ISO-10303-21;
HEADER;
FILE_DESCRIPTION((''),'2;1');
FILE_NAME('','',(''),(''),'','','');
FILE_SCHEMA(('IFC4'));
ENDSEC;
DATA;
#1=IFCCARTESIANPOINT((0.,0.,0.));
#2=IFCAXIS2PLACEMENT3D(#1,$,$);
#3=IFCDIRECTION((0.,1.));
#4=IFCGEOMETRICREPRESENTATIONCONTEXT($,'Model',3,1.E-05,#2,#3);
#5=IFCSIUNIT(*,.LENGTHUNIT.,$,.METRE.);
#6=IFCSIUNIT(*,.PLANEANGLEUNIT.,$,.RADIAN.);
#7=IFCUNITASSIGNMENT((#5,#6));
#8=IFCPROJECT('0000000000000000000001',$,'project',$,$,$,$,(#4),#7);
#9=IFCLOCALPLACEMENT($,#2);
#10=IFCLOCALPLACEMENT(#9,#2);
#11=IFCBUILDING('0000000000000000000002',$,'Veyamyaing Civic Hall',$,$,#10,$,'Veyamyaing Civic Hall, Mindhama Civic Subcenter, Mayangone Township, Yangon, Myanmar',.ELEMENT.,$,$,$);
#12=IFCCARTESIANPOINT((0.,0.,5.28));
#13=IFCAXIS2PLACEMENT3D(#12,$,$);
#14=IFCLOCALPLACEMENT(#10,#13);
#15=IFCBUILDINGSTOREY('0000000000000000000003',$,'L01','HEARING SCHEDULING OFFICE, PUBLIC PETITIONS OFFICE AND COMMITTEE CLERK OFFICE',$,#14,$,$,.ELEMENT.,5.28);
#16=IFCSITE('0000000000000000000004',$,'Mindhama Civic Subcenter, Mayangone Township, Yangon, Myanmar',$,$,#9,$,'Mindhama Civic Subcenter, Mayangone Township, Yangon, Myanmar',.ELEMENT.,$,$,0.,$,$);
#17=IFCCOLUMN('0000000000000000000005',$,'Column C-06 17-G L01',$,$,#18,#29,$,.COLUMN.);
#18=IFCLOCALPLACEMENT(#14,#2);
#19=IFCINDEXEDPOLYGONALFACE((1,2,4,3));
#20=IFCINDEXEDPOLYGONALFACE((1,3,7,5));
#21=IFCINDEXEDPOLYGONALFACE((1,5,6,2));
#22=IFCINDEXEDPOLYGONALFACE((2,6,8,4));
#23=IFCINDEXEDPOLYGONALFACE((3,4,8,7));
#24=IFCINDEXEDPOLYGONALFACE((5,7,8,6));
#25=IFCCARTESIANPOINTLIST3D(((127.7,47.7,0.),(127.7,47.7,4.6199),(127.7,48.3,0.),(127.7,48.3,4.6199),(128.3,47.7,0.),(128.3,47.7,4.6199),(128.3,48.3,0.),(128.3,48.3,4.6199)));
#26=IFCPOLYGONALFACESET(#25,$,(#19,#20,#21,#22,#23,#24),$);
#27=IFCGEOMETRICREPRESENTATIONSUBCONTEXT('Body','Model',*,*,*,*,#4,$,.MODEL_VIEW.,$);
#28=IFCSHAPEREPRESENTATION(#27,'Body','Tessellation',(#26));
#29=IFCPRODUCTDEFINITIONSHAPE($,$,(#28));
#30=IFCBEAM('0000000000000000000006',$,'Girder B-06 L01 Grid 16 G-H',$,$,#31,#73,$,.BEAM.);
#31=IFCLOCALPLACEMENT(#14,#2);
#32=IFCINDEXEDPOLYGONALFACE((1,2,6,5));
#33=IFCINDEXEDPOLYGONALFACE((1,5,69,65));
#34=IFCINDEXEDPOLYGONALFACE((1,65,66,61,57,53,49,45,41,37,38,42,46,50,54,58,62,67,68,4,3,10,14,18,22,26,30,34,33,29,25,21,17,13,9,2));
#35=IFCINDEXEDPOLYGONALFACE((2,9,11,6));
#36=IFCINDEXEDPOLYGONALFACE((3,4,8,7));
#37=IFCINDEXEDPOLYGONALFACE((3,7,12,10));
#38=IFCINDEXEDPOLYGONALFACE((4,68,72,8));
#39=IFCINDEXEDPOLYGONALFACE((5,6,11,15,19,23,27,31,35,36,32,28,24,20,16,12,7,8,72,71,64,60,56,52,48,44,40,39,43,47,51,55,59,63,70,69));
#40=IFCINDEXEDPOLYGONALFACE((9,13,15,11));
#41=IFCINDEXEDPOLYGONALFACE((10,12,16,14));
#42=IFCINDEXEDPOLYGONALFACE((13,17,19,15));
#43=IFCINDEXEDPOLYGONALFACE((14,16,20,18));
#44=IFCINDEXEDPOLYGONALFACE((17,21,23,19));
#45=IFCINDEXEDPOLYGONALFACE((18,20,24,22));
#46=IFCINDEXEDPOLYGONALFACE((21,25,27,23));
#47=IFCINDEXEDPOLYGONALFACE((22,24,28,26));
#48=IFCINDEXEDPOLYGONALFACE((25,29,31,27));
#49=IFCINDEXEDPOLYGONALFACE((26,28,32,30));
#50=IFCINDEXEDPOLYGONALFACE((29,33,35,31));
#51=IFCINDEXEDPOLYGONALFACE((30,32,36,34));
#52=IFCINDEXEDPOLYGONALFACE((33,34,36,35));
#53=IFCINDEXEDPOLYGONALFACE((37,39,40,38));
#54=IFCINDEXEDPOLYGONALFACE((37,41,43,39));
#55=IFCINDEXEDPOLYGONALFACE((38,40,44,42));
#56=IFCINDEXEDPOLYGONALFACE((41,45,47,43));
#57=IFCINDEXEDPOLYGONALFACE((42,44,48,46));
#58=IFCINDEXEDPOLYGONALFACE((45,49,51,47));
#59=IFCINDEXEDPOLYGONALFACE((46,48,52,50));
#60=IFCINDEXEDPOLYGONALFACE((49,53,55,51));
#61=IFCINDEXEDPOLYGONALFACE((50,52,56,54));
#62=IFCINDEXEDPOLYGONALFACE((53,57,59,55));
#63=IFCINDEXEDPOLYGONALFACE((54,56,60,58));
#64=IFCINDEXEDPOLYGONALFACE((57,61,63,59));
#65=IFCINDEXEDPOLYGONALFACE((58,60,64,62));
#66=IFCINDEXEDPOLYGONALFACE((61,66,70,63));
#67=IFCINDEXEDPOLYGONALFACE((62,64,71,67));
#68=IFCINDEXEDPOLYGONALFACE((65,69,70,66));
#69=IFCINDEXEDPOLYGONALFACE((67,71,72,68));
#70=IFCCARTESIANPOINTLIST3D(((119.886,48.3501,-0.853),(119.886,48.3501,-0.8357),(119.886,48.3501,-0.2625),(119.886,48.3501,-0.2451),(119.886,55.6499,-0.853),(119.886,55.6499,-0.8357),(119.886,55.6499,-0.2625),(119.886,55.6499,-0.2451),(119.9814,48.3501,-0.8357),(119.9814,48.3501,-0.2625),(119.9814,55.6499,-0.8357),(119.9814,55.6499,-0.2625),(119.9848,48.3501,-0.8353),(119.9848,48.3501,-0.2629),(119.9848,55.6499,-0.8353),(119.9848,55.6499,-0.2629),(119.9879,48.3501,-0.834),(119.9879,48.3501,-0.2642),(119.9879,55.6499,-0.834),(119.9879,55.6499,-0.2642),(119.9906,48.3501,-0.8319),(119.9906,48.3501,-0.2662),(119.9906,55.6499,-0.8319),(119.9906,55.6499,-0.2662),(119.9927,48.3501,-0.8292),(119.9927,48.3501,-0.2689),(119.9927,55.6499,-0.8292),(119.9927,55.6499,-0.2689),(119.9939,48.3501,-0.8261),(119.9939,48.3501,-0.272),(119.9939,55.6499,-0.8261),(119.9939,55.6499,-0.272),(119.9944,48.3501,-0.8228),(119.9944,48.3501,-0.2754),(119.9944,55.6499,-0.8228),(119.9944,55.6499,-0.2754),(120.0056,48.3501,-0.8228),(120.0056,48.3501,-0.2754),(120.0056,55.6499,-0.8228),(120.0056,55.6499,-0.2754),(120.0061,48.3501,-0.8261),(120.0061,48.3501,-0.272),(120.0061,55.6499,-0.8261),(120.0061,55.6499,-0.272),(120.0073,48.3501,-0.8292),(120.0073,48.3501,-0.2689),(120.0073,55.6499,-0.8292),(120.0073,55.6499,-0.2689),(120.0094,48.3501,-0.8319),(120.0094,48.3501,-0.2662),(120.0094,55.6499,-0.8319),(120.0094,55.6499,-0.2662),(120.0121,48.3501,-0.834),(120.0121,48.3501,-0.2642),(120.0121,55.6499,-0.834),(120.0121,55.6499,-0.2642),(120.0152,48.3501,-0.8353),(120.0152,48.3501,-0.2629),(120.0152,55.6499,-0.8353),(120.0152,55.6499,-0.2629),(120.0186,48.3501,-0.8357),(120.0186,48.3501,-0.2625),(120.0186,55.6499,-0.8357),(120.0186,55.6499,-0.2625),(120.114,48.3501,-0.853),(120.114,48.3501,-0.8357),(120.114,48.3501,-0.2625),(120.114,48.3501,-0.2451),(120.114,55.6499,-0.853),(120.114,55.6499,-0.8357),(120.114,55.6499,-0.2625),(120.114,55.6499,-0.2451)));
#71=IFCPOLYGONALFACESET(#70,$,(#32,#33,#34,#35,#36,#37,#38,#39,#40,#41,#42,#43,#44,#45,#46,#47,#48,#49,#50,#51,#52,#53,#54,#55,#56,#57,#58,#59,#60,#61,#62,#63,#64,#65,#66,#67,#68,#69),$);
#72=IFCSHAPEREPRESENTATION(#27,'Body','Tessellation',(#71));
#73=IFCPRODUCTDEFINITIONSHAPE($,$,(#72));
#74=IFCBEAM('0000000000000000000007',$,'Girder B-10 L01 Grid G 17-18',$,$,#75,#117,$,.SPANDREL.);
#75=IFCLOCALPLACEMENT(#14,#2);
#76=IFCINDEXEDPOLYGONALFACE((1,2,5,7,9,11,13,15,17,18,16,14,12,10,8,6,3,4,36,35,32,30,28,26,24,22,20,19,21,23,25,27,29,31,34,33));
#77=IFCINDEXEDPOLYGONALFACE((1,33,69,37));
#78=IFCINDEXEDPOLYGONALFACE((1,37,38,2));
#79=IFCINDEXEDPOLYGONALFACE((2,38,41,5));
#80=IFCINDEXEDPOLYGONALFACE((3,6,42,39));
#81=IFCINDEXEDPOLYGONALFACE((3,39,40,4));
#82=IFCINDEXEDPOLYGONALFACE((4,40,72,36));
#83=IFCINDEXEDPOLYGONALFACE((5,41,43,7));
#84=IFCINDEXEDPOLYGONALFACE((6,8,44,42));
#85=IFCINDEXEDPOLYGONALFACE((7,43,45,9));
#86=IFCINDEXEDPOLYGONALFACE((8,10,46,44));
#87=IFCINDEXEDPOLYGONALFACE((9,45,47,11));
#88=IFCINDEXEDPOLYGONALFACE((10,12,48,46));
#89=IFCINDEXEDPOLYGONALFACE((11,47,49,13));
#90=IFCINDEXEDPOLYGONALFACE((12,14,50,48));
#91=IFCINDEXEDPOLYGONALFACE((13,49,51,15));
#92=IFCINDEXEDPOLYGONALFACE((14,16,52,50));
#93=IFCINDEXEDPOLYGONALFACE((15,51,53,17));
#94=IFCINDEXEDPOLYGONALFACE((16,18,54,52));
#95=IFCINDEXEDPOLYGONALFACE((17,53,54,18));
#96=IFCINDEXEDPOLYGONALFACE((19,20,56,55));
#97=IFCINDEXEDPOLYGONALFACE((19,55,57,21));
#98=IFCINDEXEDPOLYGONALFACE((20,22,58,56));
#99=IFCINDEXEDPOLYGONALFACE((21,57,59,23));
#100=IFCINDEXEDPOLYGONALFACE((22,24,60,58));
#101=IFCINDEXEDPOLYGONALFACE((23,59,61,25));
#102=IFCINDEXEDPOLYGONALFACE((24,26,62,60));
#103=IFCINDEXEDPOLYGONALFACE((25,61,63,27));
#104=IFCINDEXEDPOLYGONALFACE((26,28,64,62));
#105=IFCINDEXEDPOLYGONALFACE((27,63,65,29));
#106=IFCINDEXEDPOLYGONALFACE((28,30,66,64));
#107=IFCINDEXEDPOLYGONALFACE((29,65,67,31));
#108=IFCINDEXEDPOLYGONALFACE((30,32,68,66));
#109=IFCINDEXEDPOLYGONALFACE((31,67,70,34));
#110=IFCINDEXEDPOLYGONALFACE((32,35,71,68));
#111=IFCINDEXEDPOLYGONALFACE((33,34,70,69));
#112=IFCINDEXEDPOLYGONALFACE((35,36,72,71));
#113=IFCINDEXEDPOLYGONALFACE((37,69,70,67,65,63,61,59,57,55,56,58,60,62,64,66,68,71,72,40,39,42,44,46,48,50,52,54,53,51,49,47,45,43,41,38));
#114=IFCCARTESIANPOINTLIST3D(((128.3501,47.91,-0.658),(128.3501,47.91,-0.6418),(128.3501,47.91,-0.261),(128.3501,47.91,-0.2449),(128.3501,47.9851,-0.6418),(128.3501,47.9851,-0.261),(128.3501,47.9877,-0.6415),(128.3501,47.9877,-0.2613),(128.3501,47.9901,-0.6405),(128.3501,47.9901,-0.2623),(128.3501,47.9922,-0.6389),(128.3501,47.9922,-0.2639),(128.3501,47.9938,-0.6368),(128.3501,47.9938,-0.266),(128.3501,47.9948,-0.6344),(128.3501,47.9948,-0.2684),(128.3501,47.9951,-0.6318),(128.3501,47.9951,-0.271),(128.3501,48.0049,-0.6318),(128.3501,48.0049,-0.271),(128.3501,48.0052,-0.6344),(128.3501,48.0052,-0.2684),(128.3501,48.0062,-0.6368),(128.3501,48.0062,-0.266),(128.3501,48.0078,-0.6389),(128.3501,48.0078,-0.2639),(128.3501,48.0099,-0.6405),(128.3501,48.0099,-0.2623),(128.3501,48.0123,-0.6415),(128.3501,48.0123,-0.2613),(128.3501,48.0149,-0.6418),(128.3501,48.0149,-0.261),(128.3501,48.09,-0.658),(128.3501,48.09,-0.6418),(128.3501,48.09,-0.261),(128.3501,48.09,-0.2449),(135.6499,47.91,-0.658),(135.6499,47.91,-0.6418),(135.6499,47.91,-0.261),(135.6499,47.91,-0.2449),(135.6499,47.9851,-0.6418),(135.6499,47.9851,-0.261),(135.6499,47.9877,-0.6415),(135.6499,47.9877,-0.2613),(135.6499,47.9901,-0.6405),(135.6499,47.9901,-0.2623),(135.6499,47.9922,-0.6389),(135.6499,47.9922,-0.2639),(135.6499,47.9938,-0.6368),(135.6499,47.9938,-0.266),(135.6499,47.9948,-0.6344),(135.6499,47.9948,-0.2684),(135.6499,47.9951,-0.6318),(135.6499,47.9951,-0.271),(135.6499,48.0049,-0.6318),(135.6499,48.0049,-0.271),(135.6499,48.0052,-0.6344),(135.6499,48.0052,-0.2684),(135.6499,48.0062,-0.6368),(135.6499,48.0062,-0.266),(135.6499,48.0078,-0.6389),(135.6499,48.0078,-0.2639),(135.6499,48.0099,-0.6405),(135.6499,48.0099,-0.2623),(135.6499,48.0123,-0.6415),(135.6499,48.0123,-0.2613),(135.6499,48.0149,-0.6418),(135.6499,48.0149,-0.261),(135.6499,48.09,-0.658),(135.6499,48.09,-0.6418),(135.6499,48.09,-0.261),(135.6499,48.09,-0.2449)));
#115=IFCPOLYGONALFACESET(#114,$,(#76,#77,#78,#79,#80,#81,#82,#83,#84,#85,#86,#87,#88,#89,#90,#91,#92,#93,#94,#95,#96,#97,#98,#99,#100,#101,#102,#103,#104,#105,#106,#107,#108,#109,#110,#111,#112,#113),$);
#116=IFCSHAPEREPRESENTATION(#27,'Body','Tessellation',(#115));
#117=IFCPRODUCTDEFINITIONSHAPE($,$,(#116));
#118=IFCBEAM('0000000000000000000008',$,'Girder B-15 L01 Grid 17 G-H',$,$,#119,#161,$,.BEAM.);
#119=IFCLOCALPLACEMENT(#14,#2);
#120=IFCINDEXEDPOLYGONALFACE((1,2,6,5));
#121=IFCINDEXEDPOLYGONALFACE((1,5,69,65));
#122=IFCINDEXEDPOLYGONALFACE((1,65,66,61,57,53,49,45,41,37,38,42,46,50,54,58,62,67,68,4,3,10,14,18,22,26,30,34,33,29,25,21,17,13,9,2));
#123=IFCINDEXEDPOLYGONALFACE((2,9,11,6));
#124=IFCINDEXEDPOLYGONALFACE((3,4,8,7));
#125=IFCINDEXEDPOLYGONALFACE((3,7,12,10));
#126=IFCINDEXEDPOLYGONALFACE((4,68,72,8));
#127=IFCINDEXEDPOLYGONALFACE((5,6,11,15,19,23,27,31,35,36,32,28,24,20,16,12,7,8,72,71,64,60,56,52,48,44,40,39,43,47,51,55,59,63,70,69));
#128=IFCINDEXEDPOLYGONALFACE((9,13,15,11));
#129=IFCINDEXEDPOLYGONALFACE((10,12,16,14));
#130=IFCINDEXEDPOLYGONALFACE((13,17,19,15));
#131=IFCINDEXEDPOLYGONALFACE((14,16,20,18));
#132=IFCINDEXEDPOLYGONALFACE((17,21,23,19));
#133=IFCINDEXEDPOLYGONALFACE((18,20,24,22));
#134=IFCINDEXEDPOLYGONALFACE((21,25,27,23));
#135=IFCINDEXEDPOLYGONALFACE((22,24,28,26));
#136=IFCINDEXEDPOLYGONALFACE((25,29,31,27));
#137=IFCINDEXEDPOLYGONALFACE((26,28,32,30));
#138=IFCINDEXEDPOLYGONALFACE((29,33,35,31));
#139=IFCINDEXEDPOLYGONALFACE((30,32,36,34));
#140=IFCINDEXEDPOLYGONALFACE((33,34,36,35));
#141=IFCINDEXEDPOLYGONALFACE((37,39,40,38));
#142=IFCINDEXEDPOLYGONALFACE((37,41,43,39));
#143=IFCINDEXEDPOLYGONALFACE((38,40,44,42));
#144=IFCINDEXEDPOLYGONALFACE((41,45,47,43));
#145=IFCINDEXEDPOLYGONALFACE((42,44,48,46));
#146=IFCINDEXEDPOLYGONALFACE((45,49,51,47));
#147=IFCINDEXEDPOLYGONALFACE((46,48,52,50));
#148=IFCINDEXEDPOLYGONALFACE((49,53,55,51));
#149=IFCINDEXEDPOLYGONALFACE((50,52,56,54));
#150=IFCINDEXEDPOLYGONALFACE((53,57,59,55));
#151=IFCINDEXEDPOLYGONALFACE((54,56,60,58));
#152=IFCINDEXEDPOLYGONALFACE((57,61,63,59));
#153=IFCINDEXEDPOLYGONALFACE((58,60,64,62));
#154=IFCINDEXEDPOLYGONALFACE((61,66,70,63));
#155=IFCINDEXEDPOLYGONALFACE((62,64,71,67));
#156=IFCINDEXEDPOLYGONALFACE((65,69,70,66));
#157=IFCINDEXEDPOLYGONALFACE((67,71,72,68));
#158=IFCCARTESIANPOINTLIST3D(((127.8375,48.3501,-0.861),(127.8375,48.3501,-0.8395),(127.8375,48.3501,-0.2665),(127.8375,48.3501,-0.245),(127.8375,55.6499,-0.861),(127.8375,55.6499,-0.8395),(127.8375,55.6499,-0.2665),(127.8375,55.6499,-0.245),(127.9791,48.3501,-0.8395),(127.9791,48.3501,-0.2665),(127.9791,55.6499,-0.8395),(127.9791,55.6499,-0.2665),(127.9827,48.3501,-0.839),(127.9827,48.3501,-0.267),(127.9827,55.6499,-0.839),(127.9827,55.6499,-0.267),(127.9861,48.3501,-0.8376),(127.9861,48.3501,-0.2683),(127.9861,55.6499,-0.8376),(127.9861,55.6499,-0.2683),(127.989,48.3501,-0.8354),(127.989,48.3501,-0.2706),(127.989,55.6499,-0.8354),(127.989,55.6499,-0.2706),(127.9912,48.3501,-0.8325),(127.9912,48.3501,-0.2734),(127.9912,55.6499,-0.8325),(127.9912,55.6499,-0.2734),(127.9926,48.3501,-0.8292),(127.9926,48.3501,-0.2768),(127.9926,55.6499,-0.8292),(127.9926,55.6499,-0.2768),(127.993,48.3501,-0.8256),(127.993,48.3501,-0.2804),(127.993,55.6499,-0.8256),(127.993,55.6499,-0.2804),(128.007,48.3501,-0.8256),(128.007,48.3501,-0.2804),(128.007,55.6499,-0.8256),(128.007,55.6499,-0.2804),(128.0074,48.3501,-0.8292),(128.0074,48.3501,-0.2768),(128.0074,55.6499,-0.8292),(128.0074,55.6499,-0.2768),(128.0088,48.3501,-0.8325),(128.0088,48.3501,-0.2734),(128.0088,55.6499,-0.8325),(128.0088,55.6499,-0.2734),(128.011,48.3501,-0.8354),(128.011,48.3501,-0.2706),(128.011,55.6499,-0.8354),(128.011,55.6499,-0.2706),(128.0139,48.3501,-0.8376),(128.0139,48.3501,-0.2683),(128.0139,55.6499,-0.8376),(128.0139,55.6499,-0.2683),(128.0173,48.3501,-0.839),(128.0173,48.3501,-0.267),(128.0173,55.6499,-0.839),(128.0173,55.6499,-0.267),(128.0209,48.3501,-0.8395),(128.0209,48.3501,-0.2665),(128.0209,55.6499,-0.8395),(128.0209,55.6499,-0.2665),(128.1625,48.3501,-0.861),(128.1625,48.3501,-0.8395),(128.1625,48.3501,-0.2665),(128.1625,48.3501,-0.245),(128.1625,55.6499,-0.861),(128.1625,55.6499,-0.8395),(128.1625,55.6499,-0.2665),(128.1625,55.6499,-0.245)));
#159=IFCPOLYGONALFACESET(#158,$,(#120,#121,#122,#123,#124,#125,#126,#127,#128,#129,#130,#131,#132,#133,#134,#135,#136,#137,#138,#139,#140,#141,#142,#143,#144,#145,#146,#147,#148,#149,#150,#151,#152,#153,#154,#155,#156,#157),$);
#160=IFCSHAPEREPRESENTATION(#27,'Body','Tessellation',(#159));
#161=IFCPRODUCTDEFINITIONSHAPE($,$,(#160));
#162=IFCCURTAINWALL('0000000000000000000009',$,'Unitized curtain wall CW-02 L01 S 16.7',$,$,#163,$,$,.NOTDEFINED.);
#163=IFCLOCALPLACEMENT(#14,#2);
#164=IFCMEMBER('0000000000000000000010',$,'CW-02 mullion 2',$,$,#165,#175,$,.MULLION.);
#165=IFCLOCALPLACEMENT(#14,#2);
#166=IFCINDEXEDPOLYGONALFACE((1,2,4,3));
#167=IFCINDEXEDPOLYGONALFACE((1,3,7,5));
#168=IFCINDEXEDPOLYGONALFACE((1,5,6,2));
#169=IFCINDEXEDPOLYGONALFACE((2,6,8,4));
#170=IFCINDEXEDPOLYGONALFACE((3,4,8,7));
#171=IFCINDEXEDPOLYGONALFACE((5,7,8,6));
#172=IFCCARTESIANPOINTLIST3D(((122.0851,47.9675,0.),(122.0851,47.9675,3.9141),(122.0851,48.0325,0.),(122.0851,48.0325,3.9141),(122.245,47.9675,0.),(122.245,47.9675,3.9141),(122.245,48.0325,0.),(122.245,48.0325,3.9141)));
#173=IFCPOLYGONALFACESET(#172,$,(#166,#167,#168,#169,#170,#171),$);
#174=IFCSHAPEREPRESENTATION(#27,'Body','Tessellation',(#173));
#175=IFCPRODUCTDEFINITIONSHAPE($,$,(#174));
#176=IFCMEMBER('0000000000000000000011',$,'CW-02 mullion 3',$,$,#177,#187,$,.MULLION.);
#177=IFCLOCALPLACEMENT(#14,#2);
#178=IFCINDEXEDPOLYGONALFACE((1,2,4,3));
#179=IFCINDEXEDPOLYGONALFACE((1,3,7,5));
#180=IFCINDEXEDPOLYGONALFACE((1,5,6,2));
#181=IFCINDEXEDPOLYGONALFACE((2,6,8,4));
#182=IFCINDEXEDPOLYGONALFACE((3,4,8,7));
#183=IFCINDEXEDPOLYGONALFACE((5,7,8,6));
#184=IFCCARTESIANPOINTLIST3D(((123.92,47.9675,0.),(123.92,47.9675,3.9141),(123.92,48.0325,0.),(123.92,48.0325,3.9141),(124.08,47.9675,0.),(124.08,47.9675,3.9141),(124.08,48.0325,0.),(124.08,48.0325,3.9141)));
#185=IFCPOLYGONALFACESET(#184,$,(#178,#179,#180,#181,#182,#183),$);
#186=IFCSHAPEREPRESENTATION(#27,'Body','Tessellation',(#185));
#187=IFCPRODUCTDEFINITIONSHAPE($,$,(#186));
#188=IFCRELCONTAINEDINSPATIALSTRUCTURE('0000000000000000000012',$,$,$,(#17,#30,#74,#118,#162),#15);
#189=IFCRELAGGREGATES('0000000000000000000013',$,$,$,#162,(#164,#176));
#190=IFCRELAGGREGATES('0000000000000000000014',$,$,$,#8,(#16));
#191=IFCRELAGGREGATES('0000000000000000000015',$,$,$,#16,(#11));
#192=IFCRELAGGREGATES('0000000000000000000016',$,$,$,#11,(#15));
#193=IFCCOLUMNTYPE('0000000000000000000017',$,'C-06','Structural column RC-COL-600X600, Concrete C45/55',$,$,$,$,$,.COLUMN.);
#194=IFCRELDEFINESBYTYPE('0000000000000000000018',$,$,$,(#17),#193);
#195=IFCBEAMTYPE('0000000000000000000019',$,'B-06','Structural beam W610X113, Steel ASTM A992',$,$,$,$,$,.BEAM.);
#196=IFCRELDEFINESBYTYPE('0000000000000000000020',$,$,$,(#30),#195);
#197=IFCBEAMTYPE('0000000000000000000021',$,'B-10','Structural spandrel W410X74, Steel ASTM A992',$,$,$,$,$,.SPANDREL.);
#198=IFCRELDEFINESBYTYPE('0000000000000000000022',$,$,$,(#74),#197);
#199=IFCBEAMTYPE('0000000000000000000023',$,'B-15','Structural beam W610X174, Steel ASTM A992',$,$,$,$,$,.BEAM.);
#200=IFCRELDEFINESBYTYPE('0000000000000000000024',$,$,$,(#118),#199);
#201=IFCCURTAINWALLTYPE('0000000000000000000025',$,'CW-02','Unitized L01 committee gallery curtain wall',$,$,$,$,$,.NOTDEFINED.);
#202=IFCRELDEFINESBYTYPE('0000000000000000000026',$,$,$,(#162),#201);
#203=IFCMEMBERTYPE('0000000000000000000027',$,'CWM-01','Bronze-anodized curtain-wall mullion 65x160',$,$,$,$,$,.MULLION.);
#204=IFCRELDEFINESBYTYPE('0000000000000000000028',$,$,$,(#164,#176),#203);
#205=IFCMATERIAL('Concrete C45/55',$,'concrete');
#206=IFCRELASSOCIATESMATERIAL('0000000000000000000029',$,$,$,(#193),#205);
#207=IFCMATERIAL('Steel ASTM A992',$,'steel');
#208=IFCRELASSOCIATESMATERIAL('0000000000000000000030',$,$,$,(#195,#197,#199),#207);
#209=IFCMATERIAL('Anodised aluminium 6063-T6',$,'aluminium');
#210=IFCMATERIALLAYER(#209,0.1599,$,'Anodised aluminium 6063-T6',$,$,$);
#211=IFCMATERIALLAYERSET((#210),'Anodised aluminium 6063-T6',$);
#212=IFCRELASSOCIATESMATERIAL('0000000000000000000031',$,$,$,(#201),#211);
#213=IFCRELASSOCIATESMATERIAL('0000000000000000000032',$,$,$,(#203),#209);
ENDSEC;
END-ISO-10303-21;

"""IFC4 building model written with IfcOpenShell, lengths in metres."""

from ifc_helpers import new_model, si_unit, direction, frame, origin, origin_2d, place, context, subcontext, project, spatial, rectangle, i_section, extrude, material, layer, layer_set, material_profile, profile_set, type_object, element, aggregate, save


model = new_model("IFC4")

# Units and contexts
model_context = context("Model", 3, precision=1e-05, world=origin(), true_north=direction((0.0, 1.0)))
body_context = subcontext(model_context, "Body", "Model", "MODEL_VIEW")
ifc_project = project(units=[si_unit("LENGTHUNIT", "METRE"), si_unit("PLANEANGLEUNIT", "RADIAN")], contexts=[model_context])

# Site, building, storey
site_placement = place(None, origin())
site = spatial("IfcSite", under=ifc_project, at=site_placement, Name="Mindhama Civic Subcenter, Mayangone Township, Yangon, Myanmar", LongName="Mindhama Civic Subcenter, Mayangone Township, Yangon, Myanmar", CompositionType="ELEMENT", RefElevation=0.0)
building_placement = place(site_placement, origin())
building = spatial("IfcBuilding", under=site, at=building_placement, Name="Veyamyaing Civic Hall", LongName="Veyamyaing Civic Hall, Mindhama Civic Subcenter, Mayangone Township, Yangon, Myanmar", CompositionType="ELEMENT")
storey_placement = place(building_placement, frame((0.0, 0.0, 5.28)))
storey = spatial("IfcBuildingStorey", under=building, at=storey_placement, Name="L01", Description="HEARING SCHEDULING OFFICE, PUBLIC PETITIONS OFFICE AND COMMITTEE CLERK OFFICE", CompositionType="ELEMENT", Elevation=5.28)

# Column
ifc_material_1 = material(Name="Concrete C45/55", Category="concrete")
ifc_material_profile_1 = material_profile(ifc_material_1, rectangle(XDim=0.6001, YDim=0.6001, at=origin_2d()), Name="RC-COL-600X600")
ifc_profile_set_1 = profile_set([ifc_material_profile_1], Name="Concrete C45/55")
column_type = type_object("IfcColumnType", Name="C-06", Description="Structural column RC-COL-600X600, Concrete C45/55", PredefinedType="COLUMN", material=ifc_profile_set_1)
column_placement = place(storey_placement, frame((128.0, 48.0, 0.0), z_axis=(0.0, 0.0, 1.0), x_axis=(1.0, 0.0, 0.0)))
element("IfcColumn", 1, at=column_placement, inside=storey, type_object=column_type, Name="Column C-06 17-G L01", PredefinedType="COLUMN", context=body_context, shape_type="SweptSolid", body=[
    extrude(rectangle(XDim=0.6001, YDim=0.6001, at=origin_2d()), origin(), (0.0, 0.0, 1.0), 4.6199),
])

# Beams
ifc_material_2 = material(Name="Steel ASTM A992", Category="steel")
ifc_material_profile_2 = material_profile(ifc_material_2, i_section(OverallWidth=0.228, OverallDepth=0.6079, WebThickness=0.0112, FlangeThickness=0.0173, FilletRadius=0.0129, at=origin_2d()), Name="W610X113")
ifc_profile_set_2 = profile_set([ifc_material_profile_2], Name="Steel ASTM A992")
beam_type_1 = type_object("IfcBeamType", Name="B-06", Description="Structural beam W610X113, Steel ASTM A992", PredefinedType="BEAM", material=ifc_profile_set_2)
beam_1_placement = place(storey_placement, frame((120.0, 48.3501, -0.5491), z_axis=(0.0, 1.0, 0.0), x_axis=(-1.0, 0.0, 0.0)))
element("IfcBeam", 2, at=beam_1_placement, inside=storey, type_object=beam_type_1, Name="Girder B-06 L01 Grid 16 G-H", PredefinedType="BEAM", context=body_context, shape_type="SweptSolid", body=[
    extrude(i_section(OverallWidth=0.228, OverallDepth=0.6079, WebThickness=0.0112, FlangeThickness=0.0173, FilletRadius=0.0129, at=origin_2d()), origin(), (0.0, 0.0, 1.0), 7.2998),
])
ifc_material_profile_3 = material_profile(ifc_material_2, i_section(OverallWidth=0.1799, OverallDepth=0.4131, WebThickness=0.0098, FlangeThickness=0.0161, FilletRadius=0.01, at=origin_2d()), Name="W410X74")
ifc_profile_set_3 = profile_set([ifc_material_profile_3], Name="Steel ASTM A992")
beam_type_2 = type_object("IfcBeamType", Name="B-10", Description="Structural spandrel W410X74, Steel ASTM A992", PredefinedType="SPANDREL", material=ifc_profile_set_3)
beam_2_placement = place(storey_placement, frame((128.3501, 48.0, -0.4514), z_axis=(1.0, 0.0, 0.0), x_axis=(0.0, 1.0, 0.0)))
element("IfcBeam", 3, at=beam_2_placement, inside=storey, type_object=beam_type_2, Name="Girder B-10 L01 Grid G 17-18", PredefinedType="SPANDREL", context=body_context, shape_type="SweptSolid", body=[
    extrude(i_section(OverallWidth=0.1799, OverallDepth=0.4131, WebThickness=0.0098, FlangeThickness=0.0161, FilletRadius=0.01, at=origin_2d()), origin(), (0.0, 0.0, 1.0), 7.2998),
])
ifc_material_profile_4 = material_profile(ifc_material_2, i_section(OverallWidth=0.325, OverallDepth=0.616, WebThickness=0.0139, FlangeThickness=0.0215, FilletRadius=0.0139, at=origin_2d()), Name="W610X174")
ifc_profile_set_4 = profile_set([ifc_material_profile_4], Name="Steel ASTM A992")
beam_type_3 = type_object("IfcBeamType", Name="B-15", Description="Structural beam W610X174, Steel ASTM A992", PredefinedType="BEAM", material=ifc_profile_set_4)
beam_3_placement = place(storey_placement, frame((128.0, 48.3501, -0.553), z_axis=(0.0, 1.0, 0.0), x_axis=(-1.0, 0.0, 0.0)))
element("IfcBeam", 4, at=beam_3_placement, inside=storey, type_object=beam_type_3, Name="Girder B-15 L01 Grid 17 G-H", PredefinedType="BEAM", context=body_context, shape_type="SweptSolid", body=[
    extrude(i_section(OverallWidth=0.325, OverallDepth=0.616, WebThickness=0.0139, FlangeThickness=0.0215, FilletRadius=0.0139, at=origin_2d()), origin(), (0.0, 0.0, 1.0), 7.2998),
])

# Curtain wall, members
ifc_material_3 = material(Name="Anodised aluminium 6063-T6", Category="aluminium")
ifc_layer_1 = layer(ifc_material_3, 0.1599, Name="Anodised aluminium 6063-T6")
ifc_layer_set_1 = layer_set([ifc_layer_1], Name="Anodised aluminium 6063-T6")
curtain_wall_type = type_object("IfcCurtainWallType", Name="CW-02", Description="Unitized L01 committee gallery curtain wall", PredefinedType="NOTDEFINED", material=ifc_layer_set_1)
curtain_wall_1_placement = place(storey_placement, origin())
curtain_wall_1 = element("IfcCurtainWall", 5, at=curtain_wall_1_placement, inside=storey, type_object=curtain_wall_type, Name="Unitized curtain wall CW-02 L01 S 16.7", PredefinedType="NOTDEFINED")
ifc_material_profile_5 = material_profile(ifc_material_3, rectangle(XDim=0.0649, YDim=0.1599, at=origin_2d()), Name="ALU-MUL-65X160")
ifc_profile_set_5 = profile_set([ifc_material_profile_5], Name="Anodised aluminium 6063-T6")
member_type_1 = type_object("IfcMemberType", Name="CWM-01", Description="Bronze-anodized curtain-wall mullion 65x160", PredefinedType="MULLION", material=ifc_profile_set_5)
member_1_placement = place(storey_placement, frame((122.165, 48.0, 0.0), z_axis=(0.0, 0.0, 1.0), x_axis=(0.0, 1.0, 0.0)))
member_1 = element("IfcMember", 6, at=member_1_placement, type_object=member_type_1, Name="CW-02 mullion 2", PredefinedType="MULLION", context=body_context, shape_type="SweptSolid", body=[
    extrude(rectangle(XDim=0.0649, YDim=0.1599, at=origin_2d()), origin(), (0.0, 0.0, 1.0), 3.9141),
])
member_2_placement = place(storey_placement, frame((124.0, 48.0, 0.0), z_axis=(0.0, 0.0, 1.0), x_axis=(0.0, 1.0, 0.0)))
member_2 = element("IfcMember", 7, at=member_2_placement, type_object=member_type_1, Name="CW-02 mullion 3", PredefinedType="MULLION", context=body_context, shape_type="SweptSolid", body=[
    extrude(rectangle(XDim=0.0649, YDim=0.1599, at=origin_2d()), origin(), (0.0, 0.0, 1.0), 3.9141),
])

aggregate(curtain_wall_1, [member_1, member_2])

save(model, "model.ifc")
